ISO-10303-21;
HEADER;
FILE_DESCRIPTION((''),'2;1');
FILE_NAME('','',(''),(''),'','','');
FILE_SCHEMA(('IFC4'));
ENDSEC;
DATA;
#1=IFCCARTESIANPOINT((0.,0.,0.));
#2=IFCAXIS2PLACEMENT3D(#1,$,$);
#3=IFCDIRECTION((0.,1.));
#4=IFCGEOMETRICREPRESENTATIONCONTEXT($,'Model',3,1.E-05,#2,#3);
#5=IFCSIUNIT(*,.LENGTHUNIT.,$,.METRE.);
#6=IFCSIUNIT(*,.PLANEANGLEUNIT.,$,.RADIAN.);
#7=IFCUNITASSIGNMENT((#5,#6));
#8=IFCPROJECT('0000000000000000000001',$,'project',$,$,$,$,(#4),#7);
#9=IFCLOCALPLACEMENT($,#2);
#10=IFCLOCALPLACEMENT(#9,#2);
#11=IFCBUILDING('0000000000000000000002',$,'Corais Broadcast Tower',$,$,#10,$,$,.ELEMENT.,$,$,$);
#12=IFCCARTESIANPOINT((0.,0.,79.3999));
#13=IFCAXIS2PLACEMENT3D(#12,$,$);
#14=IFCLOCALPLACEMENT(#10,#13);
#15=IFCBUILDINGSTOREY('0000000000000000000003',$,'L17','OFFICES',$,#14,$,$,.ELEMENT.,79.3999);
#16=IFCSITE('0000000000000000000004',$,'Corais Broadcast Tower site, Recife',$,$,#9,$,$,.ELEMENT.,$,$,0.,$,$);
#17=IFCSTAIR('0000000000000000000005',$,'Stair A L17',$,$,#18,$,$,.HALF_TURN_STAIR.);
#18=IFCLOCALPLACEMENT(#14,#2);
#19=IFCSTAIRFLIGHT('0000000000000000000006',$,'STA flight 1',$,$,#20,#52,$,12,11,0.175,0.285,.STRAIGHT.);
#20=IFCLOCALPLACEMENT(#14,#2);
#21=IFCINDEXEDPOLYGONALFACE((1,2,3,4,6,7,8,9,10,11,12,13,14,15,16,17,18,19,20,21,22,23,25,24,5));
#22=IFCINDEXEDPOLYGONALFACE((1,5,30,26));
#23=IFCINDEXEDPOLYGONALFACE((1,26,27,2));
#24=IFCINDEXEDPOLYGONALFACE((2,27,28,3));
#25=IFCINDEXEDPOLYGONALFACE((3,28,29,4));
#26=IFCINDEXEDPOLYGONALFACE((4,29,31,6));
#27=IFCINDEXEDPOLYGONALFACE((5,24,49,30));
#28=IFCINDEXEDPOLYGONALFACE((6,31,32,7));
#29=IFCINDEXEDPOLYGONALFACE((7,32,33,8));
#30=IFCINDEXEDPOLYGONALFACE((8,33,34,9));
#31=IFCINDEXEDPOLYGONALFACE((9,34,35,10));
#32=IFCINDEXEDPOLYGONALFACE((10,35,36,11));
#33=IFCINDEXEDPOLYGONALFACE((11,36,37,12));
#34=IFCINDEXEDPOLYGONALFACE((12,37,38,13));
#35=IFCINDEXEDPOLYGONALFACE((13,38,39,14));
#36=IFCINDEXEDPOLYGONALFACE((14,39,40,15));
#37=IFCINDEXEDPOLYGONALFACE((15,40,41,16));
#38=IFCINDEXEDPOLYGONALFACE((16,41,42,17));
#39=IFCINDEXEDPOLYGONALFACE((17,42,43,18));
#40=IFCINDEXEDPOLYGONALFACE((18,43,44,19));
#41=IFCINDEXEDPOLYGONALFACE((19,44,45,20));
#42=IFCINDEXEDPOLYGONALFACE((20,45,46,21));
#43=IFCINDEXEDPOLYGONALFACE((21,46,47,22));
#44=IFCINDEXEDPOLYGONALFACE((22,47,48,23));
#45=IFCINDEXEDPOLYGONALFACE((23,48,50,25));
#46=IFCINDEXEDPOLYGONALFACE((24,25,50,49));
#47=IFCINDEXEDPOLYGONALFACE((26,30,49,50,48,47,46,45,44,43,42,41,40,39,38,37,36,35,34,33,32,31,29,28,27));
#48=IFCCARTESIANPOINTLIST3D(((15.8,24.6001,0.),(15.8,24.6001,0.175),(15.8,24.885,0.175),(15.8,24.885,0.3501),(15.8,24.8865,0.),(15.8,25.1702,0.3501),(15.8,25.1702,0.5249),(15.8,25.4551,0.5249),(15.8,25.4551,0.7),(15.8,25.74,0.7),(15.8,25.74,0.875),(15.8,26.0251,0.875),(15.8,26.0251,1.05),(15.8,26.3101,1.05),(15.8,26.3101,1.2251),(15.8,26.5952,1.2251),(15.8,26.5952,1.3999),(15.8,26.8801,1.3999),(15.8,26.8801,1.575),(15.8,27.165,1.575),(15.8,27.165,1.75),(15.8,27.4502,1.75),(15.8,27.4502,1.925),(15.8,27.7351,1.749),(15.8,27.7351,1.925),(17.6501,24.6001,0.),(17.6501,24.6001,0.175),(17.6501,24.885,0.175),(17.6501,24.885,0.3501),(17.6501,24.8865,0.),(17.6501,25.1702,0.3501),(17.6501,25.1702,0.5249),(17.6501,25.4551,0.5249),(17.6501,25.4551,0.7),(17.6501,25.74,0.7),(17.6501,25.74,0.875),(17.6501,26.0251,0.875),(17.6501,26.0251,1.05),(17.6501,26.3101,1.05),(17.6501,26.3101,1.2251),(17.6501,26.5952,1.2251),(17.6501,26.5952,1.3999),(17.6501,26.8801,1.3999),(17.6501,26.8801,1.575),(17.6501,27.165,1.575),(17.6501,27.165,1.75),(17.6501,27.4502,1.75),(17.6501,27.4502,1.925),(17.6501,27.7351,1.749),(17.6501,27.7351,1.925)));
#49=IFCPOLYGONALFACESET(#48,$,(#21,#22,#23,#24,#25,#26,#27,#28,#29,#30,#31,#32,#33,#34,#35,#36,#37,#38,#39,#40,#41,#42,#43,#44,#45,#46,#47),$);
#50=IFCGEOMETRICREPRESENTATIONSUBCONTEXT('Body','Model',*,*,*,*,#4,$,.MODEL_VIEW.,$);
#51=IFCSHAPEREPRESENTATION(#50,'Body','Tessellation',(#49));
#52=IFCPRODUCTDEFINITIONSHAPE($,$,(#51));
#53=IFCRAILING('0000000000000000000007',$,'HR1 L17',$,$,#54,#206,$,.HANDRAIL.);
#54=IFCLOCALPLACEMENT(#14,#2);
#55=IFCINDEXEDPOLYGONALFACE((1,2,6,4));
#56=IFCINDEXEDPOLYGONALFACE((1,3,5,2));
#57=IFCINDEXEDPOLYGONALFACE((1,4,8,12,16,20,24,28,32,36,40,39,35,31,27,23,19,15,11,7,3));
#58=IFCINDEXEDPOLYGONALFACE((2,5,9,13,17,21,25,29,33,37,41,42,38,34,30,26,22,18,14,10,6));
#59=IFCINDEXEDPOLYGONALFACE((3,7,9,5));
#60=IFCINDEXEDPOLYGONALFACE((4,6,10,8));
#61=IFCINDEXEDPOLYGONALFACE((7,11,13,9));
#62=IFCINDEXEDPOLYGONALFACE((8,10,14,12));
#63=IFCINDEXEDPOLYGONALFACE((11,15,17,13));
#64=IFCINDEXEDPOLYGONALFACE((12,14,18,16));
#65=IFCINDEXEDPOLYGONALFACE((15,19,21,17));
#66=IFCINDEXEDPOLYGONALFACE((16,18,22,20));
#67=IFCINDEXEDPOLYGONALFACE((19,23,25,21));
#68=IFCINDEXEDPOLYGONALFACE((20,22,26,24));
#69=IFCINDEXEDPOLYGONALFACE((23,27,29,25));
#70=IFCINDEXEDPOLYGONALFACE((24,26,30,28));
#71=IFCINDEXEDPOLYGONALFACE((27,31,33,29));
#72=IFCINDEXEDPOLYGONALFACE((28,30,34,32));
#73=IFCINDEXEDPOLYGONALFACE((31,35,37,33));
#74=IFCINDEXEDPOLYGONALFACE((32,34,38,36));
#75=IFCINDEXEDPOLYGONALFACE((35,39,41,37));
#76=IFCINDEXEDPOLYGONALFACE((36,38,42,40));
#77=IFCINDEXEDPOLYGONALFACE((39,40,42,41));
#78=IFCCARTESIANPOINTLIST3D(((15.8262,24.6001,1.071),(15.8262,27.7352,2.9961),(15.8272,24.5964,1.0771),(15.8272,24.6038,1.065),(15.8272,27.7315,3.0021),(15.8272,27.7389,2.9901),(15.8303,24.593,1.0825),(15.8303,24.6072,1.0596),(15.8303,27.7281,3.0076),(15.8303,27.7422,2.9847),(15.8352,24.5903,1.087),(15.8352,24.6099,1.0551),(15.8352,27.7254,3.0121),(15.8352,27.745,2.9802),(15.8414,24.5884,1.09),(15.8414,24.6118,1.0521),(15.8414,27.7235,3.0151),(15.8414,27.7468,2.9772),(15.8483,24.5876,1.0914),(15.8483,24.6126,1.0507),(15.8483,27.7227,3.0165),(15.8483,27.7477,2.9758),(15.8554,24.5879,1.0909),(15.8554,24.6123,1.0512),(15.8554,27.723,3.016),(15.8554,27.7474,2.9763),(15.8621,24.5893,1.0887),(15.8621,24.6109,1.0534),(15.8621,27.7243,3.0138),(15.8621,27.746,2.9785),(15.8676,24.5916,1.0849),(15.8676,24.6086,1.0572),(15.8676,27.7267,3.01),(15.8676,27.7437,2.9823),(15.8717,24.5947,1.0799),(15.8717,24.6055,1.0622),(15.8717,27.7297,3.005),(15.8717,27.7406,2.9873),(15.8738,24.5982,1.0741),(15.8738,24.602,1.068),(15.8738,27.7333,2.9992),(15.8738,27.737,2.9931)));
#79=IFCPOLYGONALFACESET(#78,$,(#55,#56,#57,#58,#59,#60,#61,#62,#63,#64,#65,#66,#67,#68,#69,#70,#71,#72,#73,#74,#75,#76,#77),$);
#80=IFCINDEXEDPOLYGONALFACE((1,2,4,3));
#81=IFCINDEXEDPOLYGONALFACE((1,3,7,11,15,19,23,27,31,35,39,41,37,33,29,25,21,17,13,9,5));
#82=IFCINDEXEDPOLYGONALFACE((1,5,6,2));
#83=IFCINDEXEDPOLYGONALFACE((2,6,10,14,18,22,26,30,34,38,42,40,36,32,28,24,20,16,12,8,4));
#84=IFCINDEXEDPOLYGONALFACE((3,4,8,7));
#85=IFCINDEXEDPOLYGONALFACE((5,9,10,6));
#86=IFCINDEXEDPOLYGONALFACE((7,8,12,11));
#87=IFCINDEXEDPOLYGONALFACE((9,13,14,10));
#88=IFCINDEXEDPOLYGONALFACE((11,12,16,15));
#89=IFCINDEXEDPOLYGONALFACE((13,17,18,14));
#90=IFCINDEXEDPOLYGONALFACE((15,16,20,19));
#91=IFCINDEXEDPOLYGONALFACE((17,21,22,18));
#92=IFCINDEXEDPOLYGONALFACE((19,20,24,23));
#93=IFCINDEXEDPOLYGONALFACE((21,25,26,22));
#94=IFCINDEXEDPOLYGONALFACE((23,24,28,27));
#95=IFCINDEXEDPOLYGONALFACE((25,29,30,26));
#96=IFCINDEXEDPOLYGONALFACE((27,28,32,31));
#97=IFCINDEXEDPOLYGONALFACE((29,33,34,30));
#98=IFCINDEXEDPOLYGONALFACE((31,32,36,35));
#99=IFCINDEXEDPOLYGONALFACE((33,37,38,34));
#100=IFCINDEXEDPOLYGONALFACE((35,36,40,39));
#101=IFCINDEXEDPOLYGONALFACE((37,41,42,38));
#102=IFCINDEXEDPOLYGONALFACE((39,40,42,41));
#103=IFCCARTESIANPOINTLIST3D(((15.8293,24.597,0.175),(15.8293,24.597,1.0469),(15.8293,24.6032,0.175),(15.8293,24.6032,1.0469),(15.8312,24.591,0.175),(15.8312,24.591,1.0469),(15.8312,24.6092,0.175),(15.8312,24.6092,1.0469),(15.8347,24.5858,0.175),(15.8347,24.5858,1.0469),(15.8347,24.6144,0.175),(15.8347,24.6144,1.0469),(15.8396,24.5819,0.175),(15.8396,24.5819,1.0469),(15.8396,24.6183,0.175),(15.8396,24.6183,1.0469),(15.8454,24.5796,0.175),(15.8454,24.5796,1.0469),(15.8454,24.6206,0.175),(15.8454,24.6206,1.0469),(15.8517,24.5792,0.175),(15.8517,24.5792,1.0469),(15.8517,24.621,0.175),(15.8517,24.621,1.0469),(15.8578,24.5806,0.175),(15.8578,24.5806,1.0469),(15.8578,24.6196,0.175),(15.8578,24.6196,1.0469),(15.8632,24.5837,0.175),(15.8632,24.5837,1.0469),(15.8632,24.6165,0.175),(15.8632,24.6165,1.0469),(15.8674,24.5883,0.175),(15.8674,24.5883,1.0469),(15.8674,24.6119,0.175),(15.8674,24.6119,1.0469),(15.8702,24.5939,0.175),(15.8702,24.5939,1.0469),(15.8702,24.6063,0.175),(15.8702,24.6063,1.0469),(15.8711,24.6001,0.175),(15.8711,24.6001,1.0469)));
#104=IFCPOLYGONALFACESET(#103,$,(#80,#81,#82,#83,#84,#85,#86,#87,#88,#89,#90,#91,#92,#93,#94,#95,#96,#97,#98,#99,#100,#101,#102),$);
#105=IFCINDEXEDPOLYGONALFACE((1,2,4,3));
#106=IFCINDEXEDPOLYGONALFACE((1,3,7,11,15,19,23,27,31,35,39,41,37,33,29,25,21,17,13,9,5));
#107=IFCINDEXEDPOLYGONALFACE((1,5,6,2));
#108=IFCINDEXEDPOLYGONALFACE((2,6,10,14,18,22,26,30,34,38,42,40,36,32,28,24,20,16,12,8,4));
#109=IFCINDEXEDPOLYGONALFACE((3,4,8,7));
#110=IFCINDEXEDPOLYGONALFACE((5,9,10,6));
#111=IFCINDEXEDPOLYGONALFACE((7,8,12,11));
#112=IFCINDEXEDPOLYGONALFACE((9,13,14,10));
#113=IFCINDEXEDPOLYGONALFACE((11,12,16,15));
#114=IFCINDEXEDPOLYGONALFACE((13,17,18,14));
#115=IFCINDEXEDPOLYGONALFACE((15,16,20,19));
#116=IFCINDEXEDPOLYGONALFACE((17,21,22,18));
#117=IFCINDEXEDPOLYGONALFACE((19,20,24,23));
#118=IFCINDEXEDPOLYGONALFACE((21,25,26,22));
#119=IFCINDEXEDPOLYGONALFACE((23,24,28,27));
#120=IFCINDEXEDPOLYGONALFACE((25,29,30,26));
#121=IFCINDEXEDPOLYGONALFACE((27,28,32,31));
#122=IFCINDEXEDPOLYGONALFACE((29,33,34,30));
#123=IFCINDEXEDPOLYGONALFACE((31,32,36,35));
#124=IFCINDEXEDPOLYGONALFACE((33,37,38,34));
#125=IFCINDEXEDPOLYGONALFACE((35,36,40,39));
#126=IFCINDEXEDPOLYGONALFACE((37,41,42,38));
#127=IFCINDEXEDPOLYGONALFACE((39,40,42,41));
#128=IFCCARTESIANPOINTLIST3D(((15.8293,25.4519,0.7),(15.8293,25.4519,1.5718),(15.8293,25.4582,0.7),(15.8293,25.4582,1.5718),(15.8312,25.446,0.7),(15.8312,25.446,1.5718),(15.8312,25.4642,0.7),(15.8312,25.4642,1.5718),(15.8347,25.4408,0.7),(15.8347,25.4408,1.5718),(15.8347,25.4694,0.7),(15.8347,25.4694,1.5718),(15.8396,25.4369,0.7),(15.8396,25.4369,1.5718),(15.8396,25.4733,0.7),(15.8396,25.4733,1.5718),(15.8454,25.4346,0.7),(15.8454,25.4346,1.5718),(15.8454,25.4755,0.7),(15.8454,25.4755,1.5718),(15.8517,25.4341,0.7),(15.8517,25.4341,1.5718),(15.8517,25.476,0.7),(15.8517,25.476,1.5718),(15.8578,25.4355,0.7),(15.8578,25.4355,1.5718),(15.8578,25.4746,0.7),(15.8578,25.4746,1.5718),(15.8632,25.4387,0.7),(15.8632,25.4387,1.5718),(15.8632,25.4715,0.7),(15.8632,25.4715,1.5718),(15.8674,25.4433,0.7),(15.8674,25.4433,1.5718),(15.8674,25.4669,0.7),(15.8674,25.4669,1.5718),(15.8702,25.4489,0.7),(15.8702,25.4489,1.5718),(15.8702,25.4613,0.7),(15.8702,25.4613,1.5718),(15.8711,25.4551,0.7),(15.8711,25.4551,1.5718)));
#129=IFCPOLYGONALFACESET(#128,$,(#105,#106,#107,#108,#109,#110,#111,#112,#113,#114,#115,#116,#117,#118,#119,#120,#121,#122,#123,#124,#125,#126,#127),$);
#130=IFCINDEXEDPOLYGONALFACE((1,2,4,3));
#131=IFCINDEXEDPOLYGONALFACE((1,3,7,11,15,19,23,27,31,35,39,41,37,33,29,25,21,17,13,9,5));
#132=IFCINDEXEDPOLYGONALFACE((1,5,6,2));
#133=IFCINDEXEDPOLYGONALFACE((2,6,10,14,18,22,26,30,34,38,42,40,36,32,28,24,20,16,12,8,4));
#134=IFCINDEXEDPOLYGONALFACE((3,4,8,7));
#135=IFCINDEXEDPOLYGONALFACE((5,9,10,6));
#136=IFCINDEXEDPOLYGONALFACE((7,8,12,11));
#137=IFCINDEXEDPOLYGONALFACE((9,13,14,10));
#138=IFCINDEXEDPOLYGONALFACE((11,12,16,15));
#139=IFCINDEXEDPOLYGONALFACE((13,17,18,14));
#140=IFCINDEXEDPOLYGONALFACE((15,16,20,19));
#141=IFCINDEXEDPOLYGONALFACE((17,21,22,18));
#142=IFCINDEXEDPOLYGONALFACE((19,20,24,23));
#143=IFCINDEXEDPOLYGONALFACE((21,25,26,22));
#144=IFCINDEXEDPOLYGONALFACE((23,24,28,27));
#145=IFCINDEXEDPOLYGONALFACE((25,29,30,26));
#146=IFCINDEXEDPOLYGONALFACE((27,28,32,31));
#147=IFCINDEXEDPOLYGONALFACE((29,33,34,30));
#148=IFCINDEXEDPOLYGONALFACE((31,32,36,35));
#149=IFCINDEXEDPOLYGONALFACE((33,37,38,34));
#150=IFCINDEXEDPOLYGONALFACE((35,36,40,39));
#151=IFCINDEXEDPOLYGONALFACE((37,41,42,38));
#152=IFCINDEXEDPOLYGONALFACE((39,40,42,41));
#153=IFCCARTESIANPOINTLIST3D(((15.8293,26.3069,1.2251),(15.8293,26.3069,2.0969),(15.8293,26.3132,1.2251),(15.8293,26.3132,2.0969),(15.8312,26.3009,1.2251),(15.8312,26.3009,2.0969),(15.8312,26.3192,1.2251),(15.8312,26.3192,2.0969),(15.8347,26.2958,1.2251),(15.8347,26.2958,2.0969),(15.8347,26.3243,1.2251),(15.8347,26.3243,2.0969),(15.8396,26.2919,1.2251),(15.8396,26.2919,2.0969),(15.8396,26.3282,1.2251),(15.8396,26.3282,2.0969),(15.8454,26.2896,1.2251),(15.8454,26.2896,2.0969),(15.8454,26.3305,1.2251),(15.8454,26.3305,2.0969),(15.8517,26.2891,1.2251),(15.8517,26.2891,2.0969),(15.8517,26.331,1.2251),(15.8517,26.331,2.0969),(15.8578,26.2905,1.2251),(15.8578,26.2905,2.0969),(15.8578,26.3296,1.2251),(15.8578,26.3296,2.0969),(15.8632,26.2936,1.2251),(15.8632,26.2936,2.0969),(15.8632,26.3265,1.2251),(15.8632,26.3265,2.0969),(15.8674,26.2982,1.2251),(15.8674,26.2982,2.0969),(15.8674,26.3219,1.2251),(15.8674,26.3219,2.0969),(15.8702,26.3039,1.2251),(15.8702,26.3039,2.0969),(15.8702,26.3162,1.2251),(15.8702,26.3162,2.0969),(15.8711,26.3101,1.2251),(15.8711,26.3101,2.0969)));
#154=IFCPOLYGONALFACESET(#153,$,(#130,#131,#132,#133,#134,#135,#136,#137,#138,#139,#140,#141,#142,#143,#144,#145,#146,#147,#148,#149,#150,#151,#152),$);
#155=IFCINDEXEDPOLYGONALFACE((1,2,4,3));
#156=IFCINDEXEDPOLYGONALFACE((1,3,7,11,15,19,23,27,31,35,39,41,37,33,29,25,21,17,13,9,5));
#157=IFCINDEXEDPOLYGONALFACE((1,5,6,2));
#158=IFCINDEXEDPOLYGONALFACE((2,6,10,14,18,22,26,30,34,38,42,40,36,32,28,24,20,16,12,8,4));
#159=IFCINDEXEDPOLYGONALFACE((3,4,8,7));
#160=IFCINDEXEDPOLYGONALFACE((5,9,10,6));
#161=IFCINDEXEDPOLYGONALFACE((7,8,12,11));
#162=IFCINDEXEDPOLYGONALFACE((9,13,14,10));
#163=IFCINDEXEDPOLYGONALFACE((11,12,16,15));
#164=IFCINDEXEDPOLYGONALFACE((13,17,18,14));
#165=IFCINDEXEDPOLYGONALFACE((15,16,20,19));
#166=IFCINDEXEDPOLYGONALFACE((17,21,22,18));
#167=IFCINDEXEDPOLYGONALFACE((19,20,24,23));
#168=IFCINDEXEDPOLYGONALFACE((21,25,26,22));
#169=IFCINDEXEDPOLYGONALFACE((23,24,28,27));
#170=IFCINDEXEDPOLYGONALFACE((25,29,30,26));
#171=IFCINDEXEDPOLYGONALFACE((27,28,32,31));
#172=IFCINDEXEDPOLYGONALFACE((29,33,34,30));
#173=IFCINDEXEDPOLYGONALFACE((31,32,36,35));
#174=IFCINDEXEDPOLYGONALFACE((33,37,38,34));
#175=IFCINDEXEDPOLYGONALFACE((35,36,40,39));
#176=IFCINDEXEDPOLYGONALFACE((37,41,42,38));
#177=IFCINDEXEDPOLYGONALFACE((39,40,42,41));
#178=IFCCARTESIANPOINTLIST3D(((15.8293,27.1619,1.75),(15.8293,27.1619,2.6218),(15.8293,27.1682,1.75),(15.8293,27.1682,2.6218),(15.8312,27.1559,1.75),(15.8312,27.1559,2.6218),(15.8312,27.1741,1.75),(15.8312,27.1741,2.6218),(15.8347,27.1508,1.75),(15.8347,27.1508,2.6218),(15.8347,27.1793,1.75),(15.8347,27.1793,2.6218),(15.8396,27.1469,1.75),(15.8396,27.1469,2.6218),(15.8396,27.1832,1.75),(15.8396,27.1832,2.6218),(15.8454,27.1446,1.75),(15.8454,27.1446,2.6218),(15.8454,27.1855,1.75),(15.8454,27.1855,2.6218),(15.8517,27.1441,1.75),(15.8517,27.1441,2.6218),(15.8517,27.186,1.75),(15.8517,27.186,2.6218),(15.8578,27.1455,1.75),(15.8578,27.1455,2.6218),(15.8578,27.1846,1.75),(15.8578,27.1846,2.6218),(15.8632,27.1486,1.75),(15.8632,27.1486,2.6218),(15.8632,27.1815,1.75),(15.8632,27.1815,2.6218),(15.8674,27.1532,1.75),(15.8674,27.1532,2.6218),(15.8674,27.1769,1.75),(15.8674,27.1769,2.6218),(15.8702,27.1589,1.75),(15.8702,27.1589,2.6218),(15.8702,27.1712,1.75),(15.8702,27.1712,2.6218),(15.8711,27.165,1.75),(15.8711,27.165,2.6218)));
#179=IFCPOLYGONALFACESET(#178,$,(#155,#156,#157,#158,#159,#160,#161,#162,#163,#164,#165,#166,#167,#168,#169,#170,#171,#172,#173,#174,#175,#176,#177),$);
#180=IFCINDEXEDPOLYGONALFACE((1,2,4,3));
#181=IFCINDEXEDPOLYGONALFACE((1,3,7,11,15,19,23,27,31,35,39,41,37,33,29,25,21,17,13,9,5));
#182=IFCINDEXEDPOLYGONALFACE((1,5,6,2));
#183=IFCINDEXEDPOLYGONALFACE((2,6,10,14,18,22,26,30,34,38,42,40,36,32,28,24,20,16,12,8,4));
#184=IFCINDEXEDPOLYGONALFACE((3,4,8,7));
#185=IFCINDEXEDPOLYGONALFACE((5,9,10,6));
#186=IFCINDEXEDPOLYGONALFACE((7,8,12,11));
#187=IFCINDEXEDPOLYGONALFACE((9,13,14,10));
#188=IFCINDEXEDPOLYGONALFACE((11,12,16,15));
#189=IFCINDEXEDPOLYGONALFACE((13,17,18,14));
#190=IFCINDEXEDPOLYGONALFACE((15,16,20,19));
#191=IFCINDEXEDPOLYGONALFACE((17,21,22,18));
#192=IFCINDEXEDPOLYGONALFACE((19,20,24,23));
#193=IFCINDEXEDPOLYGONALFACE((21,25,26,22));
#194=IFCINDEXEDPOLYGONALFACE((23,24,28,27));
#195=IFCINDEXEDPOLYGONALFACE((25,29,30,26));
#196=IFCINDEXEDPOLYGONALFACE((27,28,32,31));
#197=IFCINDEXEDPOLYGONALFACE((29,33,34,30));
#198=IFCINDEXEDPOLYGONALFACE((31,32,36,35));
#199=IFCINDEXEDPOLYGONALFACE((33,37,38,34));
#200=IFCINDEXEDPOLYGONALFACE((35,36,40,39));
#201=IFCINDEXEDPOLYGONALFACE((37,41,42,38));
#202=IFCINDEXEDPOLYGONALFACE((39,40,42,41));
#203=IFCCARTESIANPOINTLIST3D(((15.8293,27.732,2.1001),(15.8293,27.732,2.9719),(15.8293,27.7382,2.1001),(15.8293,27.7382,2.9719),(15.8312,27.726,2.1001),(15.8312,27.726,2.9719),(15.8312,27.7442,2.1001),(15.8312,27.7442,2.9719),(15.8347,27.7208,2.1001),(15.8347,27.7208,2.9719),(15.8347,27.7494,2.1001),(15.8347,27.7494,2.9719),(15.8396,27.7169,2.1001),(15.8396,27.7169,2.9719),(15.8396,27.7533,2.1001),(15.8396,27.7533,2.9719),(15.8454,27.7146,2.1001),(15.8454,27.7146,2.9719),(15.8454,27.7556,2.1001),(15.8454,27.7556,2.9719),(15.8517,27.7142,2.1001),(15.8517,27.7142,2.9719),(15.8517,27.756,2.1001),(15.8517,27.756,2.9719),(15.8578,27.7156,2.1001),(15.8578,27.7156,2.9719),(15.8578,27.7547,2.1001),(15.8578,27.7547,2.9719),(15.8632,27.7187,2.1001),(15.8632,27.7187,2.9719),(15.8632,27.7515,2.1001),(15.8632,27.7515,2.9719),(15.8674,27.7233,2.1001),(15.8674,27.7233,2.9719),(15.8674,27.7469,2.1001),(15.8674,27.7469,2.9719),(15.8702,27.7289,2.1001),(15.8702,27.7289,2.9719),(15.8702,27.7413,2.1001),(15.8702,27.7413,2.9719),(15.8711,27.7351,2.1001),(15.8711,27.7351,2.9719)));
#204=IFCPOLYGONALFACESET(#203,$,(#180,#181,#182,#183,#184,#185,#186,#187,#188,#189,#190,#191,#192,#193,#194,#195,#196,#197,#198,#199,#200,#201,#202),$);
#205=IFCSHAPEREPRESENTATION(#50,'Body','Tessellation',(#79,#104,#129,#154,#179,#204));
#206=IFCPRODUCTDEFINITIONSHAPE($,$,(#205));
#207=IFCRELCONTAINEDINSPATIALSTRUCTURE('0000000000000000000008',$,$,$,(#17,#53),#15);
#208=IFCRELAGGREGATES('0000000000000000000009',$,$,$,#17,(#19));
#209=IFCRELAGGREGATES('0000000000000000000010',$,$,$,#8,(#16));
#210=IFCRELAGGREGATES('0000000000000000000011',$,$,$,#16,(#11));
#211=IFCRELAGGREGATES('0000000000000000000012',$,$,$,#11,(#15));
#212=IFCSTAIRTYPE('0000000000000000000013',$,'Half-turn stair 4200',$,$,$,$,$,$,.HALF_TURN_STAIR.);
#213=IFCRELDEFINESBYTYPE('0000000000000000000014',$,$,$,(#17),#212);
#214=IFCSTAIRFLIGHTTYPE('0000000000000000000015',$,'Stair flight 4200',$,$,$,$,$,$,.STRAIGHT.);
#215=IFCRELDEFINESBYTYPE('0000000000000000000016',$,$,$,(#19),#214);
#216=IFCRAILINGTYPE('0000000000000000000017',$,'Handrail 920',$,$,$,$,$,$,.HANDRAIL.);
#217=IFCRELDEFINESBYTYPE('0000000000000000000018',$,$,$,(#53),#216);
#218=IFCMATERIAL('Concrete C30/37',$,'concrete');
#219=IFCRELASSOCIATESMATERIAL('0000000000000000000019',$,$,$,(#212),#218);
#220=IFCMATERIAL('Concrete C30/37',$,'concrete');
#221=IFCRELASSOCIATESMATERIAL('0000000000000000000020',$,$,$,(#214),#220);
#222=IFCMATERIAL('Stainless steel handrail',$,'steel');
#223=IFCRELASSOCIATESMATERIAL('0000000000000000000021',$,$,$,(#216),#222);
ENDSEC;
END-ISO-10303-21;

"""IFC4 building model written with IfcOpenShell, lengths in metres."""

from ifc_helpers import new_model, si_unit, direction, frame, origin, origin_2d, place, context, subcontext, project, spatial, polyline, circle, outline, extrude, material, type_object, element, aggregate, save


model = new_model("IFC4")

# Units and contexts
model_context = context("Model", 3, precision=1e-05, world=origin(), true_north=direction((0.0, 1.0)))
body_context = subcontext(model_context, "Body", "Model", "MODEL_VIEW")
ifc_project = project(units=[si_unit("LENGTHUNIT", "METRE"), si_unit("PLANEANGLEUNIT", "RADIAN")], contexts=[model_context])

# Site, building, storey
site_placement = place(None, origin())
site = spatial("IfcSite", under=ifc_project, at=site_placement, Name="Corais Broadcast Tower site, Recife", CompositionType="ELEMENT", RefElevation=0.0)
building_placement = place(site_placement, origin())
building = spatial("IfcBuilding", under=site, at=building_placement, Name="Corais Broadcast Tower", CompositionType="ELEMENT")
storey_placement = place(building_placement, frame((0.0, 0.0, 79.3999)))
storey = spatial("IfcBuildingStorey", under=building, at=storey_placement, Name="L17", Description="OFFICES", CompositionType="ELEMENT", Elevation=79.3999)

# Stair, stair flight
ifc_material_1 = material(Name="Concrete C30/37", Category="concrete")
stair_type = type_object("IfcStairType", Name="Half-turn stair 4200", PredefinedType="HALF_TURN_STAIR", material=ifc_material_1)
stair_placement = place(storey_placement, origin())
stair = element("IfcStair", 1, at=stair_placement, inside=storey, type_object=stair_type, Name="Stair A L17", PredefinedType="HALF_TURN_STAIR")
ifc_material_2 = material(Name="Concrete C30/37", Category="concrete")
stair_flight_type = type_object("IfcStairFlightType", Name="Stair flight 4200", PredefinedType="STRAIGHT", material=ifc_material_2)
stair_flight_placement = place(storey_placement, frame((16.7251, 24.6001, 0.0), z_axis=(0.0, 0.0, 1.0), x_axis=(0.0, 1.0, 0.0)))
stair_flight = element("IfcStairFlight", 2, at=stair_flight_placement, type_object=stair_flight_type, Name="STA flight 1", NumberOfRisers=12, NumberOfTreads=11, PredefinedType="STRAIGHT", RiserHeight=0.175, TreadLength=0.285, context=body_context, shape_type="SweptSolid", body=[
    extrude(outline(polyline([(0.0, 0.0), (0.0, 0.175), (0.2849, 0.175), (0.2849, 0.3501), (0.5701, 0.3501), (0.5701, 0.5249), (0.855, 0.5249), (0.855, 0.7), (1.1399, 0.7), (1.1399, 0.875), (1.425, 0.875), (1.425, 1.05), (1.71, 1.05), (1.71, 1.2251), (1.9951, 1.2251), (1.9951, 1.3999), (2.28, 1.3999), (2.28, 1.575), (2.5649, 1.575), (2.5649, 1.75), (2.8501, 1.75), (2.8501, 1.925), (3.135, 1.925), (3.135, 2.1001), (3.135, 1.749), (0.2864, 0.0), (0.0, 0.0)])), frame((0.0, 0.925, 0.0), z_axis=(0.0, -1.0, 0.0), x_axis=(1.0, 0.0, 0.0)), (0.0, 0.0, 1.0), 1.8501),
])
aggregate(stair, [stair_flight])

# Railing
ifc_material_3 = material(Name="Stainless steel handrail", Category="steel")
railing_type = type_object("IfcRailingType", Name="Handrail 920", PredefinedType="HANDRAIL", material=ifc_material_3)
railing_placement = place(storey_placement, frame((15.8501, 24.6001, 0.175)))
element("IfcRailing", 3, at=railing_placement, inside=storey, type_object=railing_type, Name="HR1 L17", PredefinedType="HANDRAIL", context=body_context, shape_type="SweptSolid", body=[
    extrude(circle(Radius=0.0239, at=origin_2d()), frame((0.0, 0.0, 0.896), z_axis=(0.0, 0.852166, 0.523271), x_axis=(-1.0, 0.0, 0.0)), (0.0, 0.0, 1.0), 3.679),
    extrude(circle(Radius=0.021, at=origin_2d()), origin(), (0.0, 0.0, 1.0), 0.8718),
    extrude(circle(Radius=0.021, at=origin_2d()), frame((0.0, 0.855, 0.5249)), (0.0, 0.0, 1.0), 0.8718),
    extrude(circle(Radius=0.021, at=origin_2d()), frame((0.0, 1.71, 1.05)), (0.0, 0.0, 1.0), 0.8718),
    extrude(circle(Radius=0.021, at=origin_2d()), frame((0.0, 2.5649, 1.575)), (0.0, 0.0, 1.0), 0.8718),
    extrude(circle(Radius=0.021, at=origin_2d()), frame((0.0, 3.135, 1.925)), (0.0, 0.0, 1.0), 0.8718),
])

save(model, "model.ifc")
